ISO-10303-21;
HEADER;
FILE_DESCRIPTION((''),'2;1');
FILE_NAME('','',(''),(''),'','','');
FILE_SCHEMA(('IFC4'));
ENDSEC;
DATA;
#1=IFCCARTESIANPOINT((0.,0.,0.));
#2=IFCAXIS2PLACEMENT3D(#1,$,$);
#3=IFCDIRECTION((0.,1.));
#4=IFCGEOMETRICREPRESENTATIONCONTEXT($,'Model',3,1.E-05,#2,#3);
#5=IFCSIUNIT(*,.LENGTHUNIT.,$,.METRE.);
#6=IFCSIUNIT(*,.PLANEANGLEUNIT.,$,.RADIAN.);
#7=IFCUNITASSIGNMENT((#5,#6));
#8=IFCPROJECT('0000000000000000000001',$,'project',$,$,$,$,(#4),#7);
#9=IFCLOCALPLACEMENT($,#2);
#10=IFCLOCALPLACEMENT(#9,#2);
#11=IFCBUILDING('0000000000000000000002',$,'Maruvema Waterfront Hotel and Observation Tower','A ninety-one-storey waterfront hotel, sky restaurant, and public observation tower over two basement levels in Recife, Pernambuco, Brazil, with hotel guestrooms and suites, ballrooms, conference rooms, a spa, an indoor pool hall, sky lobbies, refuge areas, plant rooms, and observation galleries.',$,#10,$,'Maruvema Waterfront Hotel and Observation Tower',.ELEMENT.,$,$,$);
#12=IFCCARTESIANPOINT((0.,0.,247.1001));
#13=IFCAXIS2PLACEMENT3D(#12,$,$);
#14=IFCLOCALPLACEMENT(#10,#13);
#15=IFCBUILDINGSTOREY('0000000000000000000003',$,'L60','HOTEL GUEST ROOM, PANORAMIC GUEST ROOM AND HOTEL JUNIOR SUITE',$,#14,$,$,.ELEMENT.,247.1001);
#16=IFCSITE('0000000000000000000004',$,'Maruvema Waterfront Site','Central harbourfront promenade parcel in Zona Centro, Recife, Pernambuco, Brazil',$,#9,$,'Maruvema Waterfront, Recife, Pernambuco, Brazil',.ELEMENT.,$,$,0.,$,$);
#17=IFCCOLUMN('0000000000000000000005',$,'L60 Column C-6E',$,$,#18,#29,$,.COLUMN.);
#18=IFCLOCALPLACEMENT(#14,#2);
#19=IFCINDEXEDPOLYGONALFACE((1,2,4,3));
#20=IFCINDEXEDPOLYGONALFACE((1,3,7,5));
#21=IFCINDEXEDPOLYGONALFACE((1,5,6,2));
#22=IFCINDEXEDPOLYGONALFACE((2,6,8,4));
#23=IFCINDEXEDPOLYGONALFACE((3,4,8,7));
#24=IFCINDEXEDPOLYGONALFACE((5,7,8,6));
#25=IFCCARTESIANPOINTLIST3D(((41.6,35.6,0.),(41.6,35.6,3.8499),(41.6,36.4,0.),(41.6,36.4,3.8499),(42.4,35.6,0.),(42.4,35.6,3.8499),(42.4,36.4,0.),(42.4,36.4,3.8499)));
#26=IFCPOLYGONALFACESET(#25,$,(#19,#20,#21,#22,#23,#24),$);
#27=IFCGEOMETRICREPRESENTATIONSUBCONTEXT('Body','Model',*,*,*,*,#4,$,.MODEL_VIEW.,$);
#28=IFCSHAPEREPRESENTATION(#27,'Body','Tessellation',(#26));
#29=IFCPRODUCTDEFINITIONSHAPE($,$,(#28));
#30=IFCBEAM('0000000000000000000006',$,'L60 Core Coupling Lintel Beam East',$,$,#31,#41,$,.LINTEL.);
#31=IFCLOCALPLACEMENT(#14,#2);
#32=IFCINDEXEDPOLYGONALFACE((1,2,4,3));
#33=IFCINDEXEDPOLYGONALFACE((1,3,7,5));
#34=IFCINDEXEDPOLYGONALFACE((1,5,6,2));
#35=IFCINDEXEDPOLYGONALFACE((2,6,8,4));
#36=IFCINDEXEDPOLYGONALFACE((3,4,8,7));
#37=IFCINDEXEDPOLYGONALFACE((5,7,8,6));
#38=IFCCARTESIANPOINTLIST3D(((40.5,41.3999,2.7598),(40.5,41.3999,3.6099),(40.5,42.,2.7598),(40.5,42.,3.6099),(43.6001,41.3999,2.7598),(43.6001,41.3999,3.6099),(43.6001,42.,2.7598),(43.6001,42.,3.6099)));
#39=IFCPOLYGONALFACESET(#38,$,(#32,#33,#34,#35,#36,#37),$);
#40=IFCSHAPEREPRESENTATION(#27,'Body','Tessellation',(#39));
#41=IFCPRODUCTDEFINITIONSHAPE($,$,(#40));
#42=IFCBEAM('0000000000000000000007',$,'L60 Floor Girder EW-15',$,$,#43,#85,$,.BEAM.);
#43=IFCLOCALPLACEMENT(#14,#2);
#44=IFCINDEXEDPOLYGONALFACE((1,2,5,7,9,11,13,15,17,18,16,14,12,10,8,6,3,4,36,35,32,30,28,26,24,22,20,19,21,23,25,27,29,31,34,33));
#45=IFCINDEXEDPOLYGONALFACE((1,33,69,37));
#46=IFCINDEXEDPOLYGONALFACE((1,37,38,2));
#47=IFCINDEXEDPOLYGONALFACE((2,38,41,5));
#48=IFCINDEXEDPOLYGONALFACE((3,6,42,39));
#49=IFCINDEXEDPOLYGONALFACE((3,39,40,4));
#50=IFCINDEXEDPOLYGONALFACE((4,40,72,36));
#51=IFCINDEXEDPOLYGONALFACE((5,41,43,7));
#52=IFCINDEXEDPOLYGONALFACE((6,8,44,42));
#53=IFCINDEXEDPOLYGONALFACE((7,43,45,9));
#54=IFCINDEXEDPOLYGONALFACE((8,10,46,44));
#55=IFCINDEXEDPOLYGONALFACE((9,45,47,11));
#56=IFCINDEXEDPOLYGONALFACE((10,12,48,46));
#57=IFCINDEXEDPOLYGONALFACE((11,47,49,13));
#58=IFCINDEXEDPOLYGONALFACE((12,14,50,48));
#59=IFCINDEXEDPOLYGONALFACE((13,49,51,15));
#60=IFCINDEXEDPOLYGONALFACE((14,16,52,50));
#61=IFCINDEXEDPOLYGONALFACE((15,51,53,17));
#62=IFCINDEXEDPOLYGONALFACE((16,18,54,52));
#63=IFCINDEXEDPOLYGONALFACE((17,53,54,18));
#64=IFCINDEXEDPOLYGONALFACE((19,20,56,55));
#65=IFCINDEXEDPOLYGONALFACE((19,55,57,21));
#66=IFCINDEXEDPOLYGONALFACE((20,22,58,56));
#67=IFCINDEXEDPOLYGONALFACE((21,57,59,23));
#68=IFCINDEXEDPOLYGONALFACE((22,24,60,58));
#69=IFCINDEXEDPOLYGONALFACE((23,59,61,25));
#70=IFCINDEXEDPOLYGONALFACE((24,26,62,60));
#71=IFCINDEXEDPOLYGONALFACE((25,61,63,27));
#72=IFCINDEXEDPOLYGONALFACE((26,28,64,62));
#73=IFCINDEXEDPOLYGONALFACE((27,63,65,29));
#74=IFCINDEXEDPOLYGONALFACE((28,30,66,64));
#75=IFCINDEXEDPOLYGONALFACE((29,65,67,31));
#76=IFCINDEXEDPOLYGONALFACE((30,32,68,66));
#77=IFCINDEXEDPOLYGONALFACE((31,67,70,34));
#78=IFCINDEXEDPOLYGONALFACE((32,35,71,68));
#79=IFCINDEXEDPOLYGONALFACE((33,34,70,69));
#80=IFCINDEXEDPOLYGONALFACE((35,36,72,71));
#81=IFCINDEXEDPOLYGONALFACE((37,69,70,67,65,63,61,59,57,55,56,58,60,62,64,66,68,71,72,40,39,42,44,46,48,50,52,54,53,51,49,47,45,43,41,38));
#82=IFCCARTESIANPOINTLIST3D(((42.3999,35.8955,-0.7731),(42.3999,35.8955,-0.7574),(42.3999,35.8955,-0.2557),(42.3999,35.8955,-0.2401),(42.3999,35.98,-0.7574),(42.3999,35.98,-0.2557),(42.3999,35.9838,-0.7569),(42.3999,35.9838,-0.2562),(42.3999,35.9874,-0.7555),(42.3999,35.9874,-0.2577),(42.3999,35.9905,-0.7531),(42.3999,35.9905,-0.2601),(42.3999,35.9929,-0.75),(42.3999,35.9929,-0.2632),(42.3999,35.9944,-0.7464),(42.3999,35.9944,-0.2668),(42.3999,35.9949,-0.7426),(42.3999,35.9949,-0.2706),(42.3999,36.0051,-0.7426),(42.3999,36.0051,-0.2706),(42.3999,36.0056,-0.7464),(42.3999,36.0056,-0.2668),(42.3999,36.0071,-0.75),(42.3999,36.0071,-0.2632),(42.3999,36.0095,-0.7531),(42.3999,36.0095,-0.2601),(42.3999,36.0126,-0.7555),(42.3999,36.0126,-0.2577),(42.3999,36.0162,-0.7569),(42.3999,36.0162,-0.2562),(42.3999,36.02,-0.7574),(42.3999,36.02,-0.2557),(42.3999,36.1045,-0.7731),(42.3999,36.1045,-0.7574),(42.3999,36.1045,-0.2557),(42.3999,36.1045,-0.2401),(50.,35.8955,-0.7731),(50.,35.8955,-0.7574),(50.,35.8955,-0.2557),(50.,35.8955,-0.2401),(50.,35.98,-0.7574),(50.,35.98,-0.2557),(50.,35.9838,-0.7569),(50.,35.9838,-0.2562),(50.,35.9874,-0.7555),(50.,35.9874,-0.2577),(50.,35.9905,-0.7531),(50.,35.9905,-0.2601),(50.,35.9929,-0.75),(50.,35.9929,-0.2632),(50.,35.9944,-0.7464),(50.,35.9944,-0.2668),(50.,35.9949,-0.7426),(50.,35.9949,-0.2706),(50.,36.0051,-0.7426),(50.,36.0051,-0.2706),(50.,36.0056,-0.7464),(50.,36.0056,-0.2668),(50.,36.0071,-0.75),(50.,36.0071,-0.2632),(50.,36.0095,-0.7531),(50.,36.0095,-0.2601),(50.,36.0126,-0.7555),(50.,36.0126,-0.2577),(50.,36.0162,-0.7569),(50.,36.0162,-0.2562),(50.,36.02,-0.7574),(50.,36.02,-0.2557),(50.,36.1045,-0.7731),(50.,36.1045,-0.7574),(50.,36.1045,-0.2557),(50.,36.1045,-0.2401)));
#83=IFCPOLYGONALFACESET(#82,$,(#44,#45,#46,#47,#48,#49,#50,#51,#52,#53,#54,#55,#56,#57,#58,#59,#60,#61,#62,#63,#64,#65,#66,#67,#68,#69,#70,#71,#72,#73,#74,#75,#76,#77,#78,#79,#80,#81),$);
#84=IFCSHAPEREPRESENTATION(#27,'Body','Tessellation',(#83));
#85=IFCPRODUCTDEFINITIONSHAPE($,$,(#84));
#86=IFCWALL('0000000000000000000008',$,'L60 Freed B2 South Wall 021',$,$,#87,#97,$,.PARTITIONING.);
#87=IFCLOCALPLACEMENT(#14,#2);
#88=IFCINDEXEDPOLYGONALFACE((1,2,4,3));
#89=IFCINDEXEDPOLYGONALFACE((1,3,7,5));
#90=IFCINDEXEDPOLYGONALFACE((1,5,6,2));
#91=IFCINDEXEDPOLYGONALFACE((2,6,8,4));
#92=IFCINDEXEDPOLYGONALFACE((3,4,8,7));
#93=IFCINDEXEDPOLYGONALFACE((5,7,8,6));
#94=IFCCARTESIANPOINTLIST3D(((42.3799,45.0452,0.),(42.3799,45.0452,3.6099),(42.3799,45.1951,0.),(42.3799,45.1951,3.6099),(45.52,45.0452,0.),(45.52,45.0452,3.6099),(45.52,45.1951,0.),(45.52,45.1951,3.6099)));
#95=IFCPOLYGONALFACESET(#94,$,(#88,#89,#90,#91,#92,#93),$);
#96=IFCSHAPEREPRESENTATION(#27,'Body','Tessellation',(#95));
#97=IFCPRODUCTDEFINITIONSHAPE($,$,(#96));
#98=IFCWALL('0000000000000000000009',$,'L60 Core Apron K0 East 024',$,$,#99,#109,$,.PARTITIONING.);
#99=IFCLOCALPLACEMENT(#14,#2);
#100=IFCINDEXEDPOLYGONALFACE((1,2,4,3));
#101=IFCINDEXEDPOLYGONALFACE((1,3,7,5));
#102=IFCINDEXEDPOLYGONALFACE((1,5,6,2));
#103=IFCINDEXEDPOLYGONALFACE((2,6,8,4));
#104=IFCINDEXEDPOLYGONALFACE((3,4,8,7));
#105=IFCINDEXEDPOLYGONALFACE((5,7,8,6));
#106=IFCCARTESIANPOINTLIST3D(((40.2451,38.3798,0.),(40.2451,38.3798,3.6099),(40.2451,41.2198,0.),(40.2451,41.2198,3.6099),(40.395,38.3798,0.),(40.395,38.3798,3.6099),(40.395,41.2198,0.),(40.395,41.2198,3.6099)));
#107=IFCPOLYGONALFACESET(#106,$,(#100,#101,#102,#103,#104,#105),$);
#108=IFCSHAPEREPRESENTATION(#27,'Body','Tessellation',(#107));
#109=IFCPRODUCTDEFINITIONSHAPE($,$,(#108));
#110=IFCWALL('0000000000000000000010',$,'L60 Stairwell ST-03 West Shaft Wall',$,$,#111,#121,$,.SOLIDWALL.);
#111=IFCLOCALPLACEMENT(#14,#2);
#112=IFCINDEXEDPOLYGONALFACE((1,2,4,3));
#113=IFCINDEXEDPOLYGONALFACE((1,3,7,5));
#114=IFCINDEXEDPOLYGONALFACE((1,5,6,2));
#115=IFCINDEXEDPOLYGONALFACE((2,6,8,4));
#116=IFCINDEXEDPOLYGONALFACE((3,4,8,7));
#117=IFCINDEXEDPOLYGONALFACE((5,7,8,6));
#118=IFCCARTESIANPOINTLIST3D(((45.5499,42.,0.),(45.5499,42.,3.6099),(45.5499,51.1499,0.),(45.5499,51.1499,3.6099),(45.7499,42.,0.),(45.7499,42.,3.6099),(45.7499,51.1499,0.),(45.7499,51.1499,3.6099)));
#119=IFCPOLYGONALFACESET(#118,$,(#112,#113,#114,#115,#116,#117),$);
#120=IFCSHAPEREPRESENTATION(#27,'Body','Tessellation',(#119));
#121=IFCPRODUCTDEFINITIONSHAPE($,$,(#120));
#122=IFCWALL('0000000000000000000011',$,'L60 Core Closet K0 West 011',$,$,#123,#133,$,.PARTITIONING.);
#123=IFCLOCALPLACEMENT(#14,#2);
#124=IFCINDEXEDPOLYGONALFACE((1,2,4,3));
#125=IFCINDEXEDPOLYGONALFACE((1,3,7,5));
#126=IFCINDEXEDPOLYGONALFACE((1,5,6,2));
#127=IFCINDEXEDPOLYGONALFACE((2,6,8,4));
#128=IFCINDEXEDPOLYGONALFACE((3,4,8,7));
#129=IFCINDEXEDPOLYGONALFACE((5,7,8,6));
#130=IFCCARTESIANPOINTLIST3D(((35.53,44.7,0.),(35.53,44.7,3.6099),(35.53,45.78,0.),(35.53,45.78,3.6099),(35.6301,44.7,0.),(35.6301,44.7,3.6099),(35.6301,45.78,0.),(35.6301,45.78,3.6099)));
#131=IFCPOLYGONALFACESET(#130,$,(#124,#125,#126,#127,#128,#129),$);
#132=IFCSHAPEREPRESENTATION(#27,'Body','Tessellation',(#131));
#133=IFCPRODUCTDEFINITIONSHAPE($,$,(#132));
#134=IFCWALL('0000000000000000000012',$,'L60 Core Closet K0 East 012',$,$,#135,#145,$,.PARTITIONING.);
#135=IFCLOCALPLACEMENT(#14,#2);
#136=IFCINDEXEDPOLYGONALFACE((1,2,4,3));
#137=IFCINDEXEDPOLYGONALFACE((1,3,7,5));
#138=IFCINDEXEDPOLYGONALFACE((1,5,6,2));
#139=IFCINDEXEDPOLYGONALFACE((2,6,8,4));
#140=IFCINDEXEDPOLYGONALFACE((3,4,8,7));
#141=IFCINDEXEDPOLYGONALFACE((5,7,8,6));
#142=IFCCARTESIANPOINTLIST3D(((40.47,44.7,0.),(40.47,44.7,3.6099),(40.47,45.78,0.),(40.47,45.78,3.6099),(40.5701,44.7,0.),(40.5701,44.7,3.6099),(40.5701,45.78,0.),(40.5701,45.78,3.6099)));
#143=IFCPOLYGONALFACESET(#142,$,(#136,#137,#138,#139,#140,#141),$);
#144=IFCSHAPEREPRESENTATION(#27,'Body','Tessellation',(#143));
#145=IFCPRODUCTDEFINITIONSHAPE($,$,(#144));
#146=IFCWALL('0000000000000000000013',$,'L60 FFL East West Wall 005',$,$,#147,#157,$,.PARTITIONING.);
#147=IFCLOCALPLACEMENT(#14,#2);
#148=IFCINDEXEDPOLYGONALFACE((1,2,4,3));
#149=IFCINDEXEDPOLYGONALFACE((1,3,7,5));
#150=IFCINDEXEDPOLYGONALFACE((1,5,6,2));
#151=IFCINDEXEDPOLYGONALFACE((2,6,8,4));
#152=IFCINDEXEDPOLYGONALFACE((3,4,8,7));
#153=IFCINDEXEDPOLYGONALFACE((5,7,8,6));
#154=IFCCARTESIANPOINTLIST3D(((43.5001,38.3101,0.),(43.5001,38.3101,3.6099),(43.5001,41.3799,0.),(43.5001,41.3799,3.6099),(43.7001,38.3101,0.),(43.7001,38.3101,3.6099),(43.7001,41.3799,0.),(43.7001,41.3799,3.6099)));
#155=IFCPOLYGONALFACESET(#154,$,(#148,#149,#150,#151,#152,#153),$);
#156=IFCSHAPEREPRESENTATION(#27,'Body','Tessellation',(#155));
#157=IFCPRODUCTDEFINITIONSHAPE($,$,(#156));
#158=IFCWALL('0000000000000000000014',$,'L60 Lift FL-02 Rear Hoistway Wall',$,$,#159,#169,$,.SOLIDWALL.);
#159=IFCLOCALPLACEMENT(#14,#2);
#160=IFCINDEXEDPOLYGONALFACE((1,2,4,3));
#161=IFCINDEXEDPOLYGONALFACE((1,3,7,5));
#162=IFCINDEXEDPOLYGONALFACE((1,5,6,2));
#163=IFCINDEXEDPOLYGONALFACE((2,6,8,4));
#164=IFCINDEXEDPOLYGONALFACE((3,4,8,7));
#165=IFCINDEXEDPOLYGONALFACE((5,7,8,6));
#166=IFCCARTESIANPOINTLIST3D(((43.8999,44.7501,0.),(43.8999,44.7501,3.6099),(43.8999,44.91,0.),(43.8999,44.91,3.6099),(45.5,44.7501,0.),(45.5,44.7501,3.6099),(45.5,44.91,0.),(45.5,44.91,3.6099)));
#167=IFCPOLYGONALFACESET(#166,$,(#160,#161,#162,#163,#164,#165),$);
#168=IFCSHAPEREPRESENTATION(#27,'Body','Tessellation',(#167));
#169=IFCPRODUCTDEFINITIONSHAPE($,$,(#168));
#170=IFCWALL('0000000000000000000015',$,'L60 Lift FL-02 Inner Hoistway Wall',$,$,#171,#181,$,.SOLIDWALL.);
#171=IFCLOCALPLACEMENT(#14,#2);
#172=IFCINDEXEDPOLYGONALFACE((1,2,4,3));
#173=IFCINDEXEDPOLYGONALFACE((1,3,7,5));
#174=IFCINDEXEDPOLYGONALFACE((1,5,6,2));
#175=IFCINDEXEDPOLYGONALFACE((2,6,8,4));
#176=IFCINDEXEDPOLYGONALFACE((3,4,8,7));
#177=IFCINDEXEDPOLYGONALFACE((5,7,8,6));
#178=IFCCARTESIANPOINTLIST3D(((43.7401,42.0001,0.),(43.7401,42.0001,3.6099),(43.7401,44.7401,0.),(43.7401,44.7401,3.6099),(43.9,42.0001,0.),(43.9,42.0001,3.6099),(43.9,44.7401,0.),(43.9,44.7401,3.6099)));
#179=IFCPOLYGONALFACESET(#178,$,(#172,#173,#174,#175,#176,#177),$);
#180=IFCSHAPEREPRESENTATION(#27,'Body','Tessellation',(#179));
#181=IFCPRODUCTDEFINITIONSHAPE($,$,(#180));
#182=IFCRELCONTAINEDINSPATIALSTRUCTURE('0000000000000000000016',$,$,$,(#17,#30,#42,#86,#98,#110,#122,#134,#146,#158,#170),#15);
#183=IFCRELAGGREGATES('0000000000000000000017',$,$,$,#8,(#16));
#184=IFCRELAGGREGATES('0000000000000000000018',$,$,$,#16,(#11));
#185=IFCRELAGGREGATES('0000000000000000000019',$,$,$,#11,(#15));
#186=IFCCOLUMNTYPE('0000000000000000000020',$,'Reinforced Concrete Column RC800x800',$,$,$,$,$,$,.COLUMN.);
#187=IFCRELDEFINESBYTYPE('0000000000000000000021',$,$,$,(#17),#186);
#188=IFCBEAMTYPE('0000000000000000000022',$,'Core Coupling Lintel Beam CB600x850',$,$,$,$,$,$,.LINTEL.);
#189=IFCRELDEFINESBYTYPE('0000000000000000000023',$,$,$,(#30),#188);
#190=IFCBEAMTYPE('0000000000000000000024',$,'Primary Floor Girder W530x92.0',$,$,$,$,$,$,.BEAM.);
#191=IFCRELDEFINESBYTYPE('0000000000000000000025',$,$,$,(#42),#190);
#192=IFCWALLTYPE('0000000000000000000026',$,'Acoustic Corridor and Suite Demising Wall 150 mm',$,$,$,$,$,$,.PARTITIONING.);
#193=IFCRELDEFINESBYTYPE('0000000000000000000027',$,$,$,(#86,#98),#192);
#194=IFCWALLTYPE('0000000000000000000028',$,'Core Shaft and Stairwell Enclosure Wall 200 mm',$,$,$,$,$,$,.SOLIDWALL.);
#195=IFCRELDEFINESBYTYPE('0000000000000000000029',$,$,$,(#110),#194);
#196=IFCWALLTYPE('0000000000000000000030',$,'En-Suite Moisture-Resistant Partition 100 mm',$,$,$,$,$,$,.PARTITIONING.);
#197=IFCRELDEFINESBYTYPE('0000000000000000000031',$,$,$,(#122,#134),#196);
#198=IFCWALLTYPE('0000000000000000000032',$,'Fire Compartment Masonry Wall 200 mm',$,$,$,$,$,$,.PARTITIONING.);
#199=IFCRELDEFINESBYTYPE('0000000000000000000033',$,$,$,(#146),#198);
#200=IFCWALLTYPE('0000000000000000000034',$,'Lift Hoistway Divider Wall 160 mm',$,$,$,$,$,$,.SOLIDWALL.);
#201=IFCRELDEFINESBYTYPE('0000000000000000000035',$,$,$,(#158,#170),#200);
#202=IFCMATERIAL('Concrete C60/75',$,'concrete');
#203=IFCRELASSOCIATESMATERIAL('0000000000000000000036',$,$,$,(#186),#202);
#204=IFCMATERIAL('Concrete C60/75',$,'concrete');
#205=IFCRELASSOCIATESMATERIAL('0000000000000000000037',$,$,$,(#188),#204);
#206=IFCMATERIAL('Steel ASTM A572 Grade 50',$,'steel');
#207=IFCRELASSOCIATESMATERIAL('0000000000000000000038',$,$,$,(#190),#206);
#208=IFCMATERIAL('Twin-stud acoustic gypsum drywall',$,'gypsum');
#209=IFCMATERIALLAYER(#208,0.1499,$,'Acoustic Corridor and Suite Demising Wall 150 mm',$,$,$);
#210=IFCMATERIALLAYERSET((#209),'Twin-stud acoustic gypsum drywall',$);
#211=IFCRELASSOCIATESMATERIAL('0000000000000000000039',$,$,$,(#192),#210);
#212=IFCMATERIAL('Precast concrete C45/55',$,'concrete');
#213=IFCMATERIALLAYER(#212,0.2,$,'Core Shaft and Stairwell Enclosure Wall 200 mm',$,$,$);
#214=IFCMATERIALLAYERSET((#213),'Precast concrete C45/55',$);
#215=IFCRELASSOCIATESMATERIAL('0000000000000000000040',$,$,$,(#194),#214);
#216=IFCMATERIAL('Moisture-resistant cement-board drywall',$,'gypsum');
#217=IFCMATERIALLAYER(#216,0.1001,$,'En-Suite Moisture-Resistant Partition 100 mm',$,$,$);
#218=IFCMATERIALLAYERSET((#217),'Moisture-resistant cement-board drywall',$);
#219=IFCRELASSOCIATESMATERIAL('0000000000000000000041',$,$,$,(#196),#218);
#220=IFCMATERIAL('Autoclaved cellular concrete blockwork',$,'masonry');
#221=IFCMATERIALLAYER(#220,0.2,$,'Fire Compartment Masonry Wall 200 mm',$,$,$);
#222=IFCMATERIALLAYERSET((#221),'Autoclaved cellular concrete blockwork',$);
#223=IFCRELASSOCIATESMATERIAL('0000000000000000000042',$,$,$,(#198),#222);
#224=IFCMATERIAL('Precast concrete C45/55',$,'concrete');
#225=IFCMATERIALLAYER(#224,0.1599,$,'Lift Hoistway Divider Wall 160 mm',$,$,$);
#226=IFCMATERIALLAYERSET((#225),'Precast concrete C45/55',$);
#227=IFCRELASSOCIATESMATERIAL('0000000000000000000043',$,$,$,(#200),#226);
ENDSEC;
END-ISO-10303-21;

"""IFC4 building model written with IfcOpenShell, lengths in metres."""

from ifc_helpers import new_model, si_unit, direction, frame, frame_2d, origin, origin_2d, place, context, subcontext, project, spatial, rectangle, i_section, extrude, material, layer, layer_set, material_profile, profile_set, type_object, element, save


model = new_model("IFC4")

# Units and contexts
model_context = context("Model", 3, precision=1e-05, world=origin(), true_north=direction((0.0, 1.0)))
body_context = subcontext(model_context, "Body", "Model", "MODEL_VIEW")
ifc_project = project(units=[si_unit("LENGTHUNIT", "METRE"), si_unit("PLANEANGLEUNIT", "RADIAN")], contexts=[model_context])

# Site, building, storey
site_placement = place(None, origin())
site = spatial("IfcSite", under=ifc_project, at=site_placement, Name="Maruvema Waterfront Site", Description="Central harbourfront promenade parcel in Zona Centro, Recife, Pernambuco, Brazil", LongName="Maruvema Waterfront, Recife, Pernambuco, Brazil", CompositionType="ELEMENT", RefElevation=0.0)
building_placement = place(site_placement, origin())
building = spatial("IfcBuilding", under=site, at=building_placement, Name="Maruvema Waterfront Hotel and Observation Tower", Description="A ninety-one-storey waterfront hotel, sky restaurant, and public observation tower over two basement levels in Recife, Pernambuco, Brazil, with hotel guestrooms and suites, ballrooms, conference rooms, a spa, an indoor pool hall, sky lobbies, refuge areas, plant rooms, and observation galleries.", LongName="Maruvema Waterfront Hotel and Observation Tower", CompositionType="ELEMENT")
storey_placement = place(building_placement, frame((0.0, 0.0, 247.1001)))
storey = spatial("IfcBuildingStorey", under=building, at=storey_placement, Name="L60", Description="HOTEL GUEST ROOM, PANORAMIC GUEST ROOM AND HOTEL JUNIOR SUITE", CompositionType="ELEMENT", Elevation=247.1001)

# Column
ifc_material_1 = material(Name="Concrete C60/75", Category="concrete")
ifc_material_profile_1 = material_profile(ifc_material_1, rectangle(XDim=0.8, YDim=0.8, at=origin_2d()), Name="RC800x800")
ifc_profile_set_1 = profile_set([ifc_material_profile_1], Name="Concrete C60/75")
column_type = type_object("IfcColumnType", Name="Reinforced Concrete Column RC800x800", PredefinedType="COLUMN", material=ifc_profile_set_1)
column_placement = place(storey_placement, frame((42.0, 36.0, 0.0), z_axis=(0.0, 0.0, 1.0), x_axis=(1.0, 0.0, 0.0)))
element("IfcColumn", 1, at=column_placement, inside=storey, type_object=column_type, Name="L60 Column C-6E", PredefinedType="COLUMN", context=body_context, shape_type="SweptSolid", body=[
    extrude(rectangle(XDim=0.8, YDim=0.8, at=origin_2d()), origin(), (0.0, 0.0, 1.0), 3.8499),
])

# Beams
ifc_material_2 = material(Name="Concrete C60/75", Category="concrete")
ifc_material_profile_2 = material_profile(ifc_material_2, rectangle(XDim=0.6001, YDim=0.8501, at=origin_2d()), Name="CB600x850")
ifc_profile_set_2 = profile_set([ifc_material_profile_2], Name="Concrete C60/75")
beam_type_1 = type_object("IfcBeamType", Name="Core Coupling Lintel Beam CB600x850", PredefinedType="LINTEL", material=ifc_profile_set_2)
beam_1_placement = place(storey_placement, frame((40.5, 41.7, 3.1848), z_axis=(1.0, 0.0, 0.0), x_axis=(0.0, 1.0, 0.0)))
element("IfcBeam", 2, at=beam_1_placement, inside=storey, type_object=beam_type_1, Name="L60 Core Coupling Lintel Beam East", PredefinedType="LINTEL", context=body_context, shape_type="SweptSolid", body=[
    extrude(rectangle(XDim=0.6001, YDim=0.8501, at=origin_2d()), origin(), (0.0, 0.0, 1.0), 3.1001),
])
ifc_material_3 = material(Name="Steel ASTM A572 Grade 50", Category="steel")
ifc_material_profile_3 = material_profile(ifc_material_3, i_section(OverallWidth=0.209, OverallDepth=0.533, WebThickness=0.0103, FlangeThickness=0.0156, FilletRadius=0.0149, at=origin_2d()), Name="W530x92.0")
ifc_profile_set_3 = profile_set([ifc_material_profile_3], Name="Steel ASTM A572 Grade 50")
beam_type_2 = type_object("IfcBeamType", Name="Primary Floor Girder W530x92.0", PredefinedType="BEAM", material=ifc_profile_set_3)
beam_2_placement = place(storey_placement, frame((42.3999, 36.0, -0.5066), z_axis=(1.0, 0.0, 0.0), x_axis=(0.0, 1.0, 0.0)))
element("IfcBeam", 3, at=beam_2_placement, inside=storey, type_object=beam_type_2, Name="L60 Floor Girder EW-15", PredefinedType="BEAM", context=body_context, shape_type="SweptSolid", body=[
    extrude(i_section(OverallWidth=0.209, OverallDepth=0.533, WebThickness=0.0103, FlangeThickness=0.0156, FilletRadius=0.0149, at=origin_2d()), origin(), (0.0, 0.0, 1.0), 7.6001),
])

# Walls
ifc_material_4 = material(Name="Twin-stud acoustic gypsum drywall", Category="gypsum")
ifc_layer_1 = layer(ifc_material_4, 0.1499, Name="Acoustic Corridor and Suite Demising Wall 150 mm")
ifc_layer_set_1 = layer_set([ifc_layer_1], Name="Twin-stud acoustic gypsum drywall")
wall_type_1 = type_object("IfcWallType", Name="Acoustic Corridor and Suite Demising Wall 150 mm", PredefinedType="PARTITIONING", material=ifc_layer_set_1)
wall_1_placement = place(storey_placement, frame((42.3799, 45.1201, 0.0), z_axis=(0.0, 0.0, 1.0), x_axis=(1.0, 0.0, 0.0)))
element("IfcWall", 4, at=wall_1_placement, inside=storey, type_object=wall_type_1, Name="L60 Freed B2 South Wall 021", PredefinedType="PARTITIONING", context=body_context, shape_type="SweptSolid", body=[
    extrude(rectangle(XDim=3.1401, YDim=0.1499, at=frame_2d((1.5701, 0.0))), origin(), (0.0, 0.0, 1.0), 3.6099),
])
wall_2_placement = place(storey_placement, frame((40.3201, 38.3799, 0.0), z_axis=(0.0, 0.0, 1.0), x_axis=(0.0, 1.0, 0.0)))
element("IfcWall", 5, at=wall_2_placement, inside=storey, type_object=wall_type_1, Name="L60 Core Apron K0 East 024", PredefinedType="PARTITIONING", context=body_context, shape_type="SweptSolid", body=[
    extrude(rectangle(XDim=2.8401, YDim=0.1499, at=frame_2d((1.4199, 0.0))), origin(), (0.0, 0.0, 1.0), 3.6099),
])
ifc_material_5 = material(Name="Precast concrete C45/55", Category="concrete")
ifc_layer_2 = layer(ifc_material_5, 0.2, Name="Core Shaft and Stairwell Enclosure Wall 200 mm")
ifc_layer_set_2 = layer_set([ifc_layer_2], Name="Precast concrete C45/55")
wall_type_2 = type_object("IfcWallType", Name="Core Shaft and Stairwell Enclosure Wall 200 mm", PredefinedType="SOLIDWALL", material=ifc_layer_set_2)
wall_3_placement = place(storey_placement, frame((45.6499, 42.0, 0.0), z_axis=(0.0, 0.0, 1.0), x_axis=(0.0, 1.0, 0.0)))
element("IfcWall", 6, at=wall_3_placement, inside=storey, type_object=wall_type_2, Name="L60 Stairwell ST-03 West Shaft Wall", PredefinedType="SOLIDWALL", context=body_context, shape_type="SweptSolid", body=[
    extrude(rectangle(XDim=9.1499, YDim=0.2, at=frame_2d((4.575, 0.0))), origin(), (0.0, 0.0, 1.0), 3.6099),
])

# Walls
ifc_material_6 = material(Name="Moisture-resistant cement-board drywall", Category="gypsum")
ifc_layer_3 = layer(ifc_material_6, 0.1001, Name="En-Suite Moisture-Resistant Partition 100 mm")
ifc_layer_set_3 = layer_set([ifc_layer_3], Name="Moisture-resistant cement-board drywall")
wall_type_3 = type_object("IfcWallType", Name="En-Suite Moisture-Resistant Partition 100 mm", PredefinedType="PARTITIONING", material=ifc_layer_set_3)
for number, where, z_axis, x_axis, name in (
    (7, (35.5801, 44.7, 0.0), (0.0, 0.0, 1.0), (0.0, 1.0, 0.0), "L60 Core Closet K0 West 011"),
    (8, (40.52, 44.7, 0.0), (0.0, 0.0, 1.0), (0.0, 1.0, 0.0), "L60 Core Closet K0 East 012"),
):
    element("IfcWall", number, at=place(storey_placement, frame(where, z_axis=z_axis, x_axis=x_axis)), inside=storey, type_object=wall_type_3, Name=name, PredefinedType="PARTITIONING", context=body_context, shape_type="SweptSolid", body=[
        extrude(rectangle(XDim=1.0801, YDim=0.1001, at=frame_2d((0.54, 0.0))), origin(), (0.0, 0.0, 1.0), 3.6099),
    ])

# Shared definitions
ifc_material_7 = material(Name="Autoclaved cellular concrete blockwork", Category="masonry")
ifc_layer_4 = layer(ifc_material_7, 0.2, Name="Fire Compartment Masonry Wall 200 mm")
ifc_layer_set_4 = layer_set([ifc_layer_4], Name="Autoclaved cellular concrete blockwork")
wall_type_4 = type_object("IfcWallType", Name="Fire Compartment Masonry Wall 200 mm", PredefinedType="PARTITIONING", material=ifc_layer_set_4)

# Walls
wall_4_placement = place(storey_placement, frame((43.6001, 38.3101, 0.0), z_axis=(0.0, 0.0, 1.0), x_axis=(0.0, 1.0, 0.0)))
element("IfcWall", 9, at=wall_4_placement, inside=storey, type_object=wall_type_4, Name="L60 FFL East West Wall 005", PredefinedType="PARTITIONING", context=body_context, shape_type="SweptSolid", body=[
    extrude(rectangle(XDim=3.0698, YDim=0.2, at=frame_2d((1.5349, 0.0))), origin(), (0.0, 0.0, 1.0), 3.6099),
])
ifc_material_8 = material(Name="Precast concrete C45/55", Category="concrete")
ifc_layer_5 = layer(ifc_material_8, 0.1599, Name="Lift Hoistway Divider Wall 160 mm")
ifc_layer_set_5 = layer_set([ifc_layer_5], Name="Precast concrete C45/55")
wall_type_5 = type_object("IfcWallType", Name="Lift Hoistway Divider Wall 160 mm", PredefinedType="SOLIDWALL", material=ifc_layer_set_5)
wall_5_placement = place(storey_placement, frame((43.8999, 44.8301, 0.0), z_axis=(0.0, 0.0, 1.0), x_axis=(1.0, 0.0, 0.0)))
element("IfcWall", 10, at=wall_5_placement, inside=storey, type_object=wall_type_5, Name="L60 Lift FL-02 Rear Hoistway Wall", PredefinedType="SOLIDWALL", context=body_context, shape_type="SweptSolid", body=[
    extrude(rectangle(XDim=1.6001, YDim=0.1599, at=frame_2d((0.8, 0.0))), origin(), (0.0, 0.0, 1.0), 3.6099),
])
wall_6_placement = place(storey_placement, frame((43.8201, 42.0, 0.0), z_axis=(0.0, 0.0, 1.0), x_axis=(0.0, 1.0, 0.0)))
element("IfcWall", 11, at=wall_6_placement, inside=storey, type_object=wall_type_5, Name="L60 Lift FL-02 Inner Hoistway Wall", PredefinedType="SOLIDWALL", context=body_context, shape_type="SweptSolid", body=[
    extrude(rectangle(XDim=2.74, YDim=0.1599, at=frame_2d((1.3701, 0.0))), origin(), (0.0, 0.0, 1.0), 3.6099),
])

save(model, "model.ifc")
